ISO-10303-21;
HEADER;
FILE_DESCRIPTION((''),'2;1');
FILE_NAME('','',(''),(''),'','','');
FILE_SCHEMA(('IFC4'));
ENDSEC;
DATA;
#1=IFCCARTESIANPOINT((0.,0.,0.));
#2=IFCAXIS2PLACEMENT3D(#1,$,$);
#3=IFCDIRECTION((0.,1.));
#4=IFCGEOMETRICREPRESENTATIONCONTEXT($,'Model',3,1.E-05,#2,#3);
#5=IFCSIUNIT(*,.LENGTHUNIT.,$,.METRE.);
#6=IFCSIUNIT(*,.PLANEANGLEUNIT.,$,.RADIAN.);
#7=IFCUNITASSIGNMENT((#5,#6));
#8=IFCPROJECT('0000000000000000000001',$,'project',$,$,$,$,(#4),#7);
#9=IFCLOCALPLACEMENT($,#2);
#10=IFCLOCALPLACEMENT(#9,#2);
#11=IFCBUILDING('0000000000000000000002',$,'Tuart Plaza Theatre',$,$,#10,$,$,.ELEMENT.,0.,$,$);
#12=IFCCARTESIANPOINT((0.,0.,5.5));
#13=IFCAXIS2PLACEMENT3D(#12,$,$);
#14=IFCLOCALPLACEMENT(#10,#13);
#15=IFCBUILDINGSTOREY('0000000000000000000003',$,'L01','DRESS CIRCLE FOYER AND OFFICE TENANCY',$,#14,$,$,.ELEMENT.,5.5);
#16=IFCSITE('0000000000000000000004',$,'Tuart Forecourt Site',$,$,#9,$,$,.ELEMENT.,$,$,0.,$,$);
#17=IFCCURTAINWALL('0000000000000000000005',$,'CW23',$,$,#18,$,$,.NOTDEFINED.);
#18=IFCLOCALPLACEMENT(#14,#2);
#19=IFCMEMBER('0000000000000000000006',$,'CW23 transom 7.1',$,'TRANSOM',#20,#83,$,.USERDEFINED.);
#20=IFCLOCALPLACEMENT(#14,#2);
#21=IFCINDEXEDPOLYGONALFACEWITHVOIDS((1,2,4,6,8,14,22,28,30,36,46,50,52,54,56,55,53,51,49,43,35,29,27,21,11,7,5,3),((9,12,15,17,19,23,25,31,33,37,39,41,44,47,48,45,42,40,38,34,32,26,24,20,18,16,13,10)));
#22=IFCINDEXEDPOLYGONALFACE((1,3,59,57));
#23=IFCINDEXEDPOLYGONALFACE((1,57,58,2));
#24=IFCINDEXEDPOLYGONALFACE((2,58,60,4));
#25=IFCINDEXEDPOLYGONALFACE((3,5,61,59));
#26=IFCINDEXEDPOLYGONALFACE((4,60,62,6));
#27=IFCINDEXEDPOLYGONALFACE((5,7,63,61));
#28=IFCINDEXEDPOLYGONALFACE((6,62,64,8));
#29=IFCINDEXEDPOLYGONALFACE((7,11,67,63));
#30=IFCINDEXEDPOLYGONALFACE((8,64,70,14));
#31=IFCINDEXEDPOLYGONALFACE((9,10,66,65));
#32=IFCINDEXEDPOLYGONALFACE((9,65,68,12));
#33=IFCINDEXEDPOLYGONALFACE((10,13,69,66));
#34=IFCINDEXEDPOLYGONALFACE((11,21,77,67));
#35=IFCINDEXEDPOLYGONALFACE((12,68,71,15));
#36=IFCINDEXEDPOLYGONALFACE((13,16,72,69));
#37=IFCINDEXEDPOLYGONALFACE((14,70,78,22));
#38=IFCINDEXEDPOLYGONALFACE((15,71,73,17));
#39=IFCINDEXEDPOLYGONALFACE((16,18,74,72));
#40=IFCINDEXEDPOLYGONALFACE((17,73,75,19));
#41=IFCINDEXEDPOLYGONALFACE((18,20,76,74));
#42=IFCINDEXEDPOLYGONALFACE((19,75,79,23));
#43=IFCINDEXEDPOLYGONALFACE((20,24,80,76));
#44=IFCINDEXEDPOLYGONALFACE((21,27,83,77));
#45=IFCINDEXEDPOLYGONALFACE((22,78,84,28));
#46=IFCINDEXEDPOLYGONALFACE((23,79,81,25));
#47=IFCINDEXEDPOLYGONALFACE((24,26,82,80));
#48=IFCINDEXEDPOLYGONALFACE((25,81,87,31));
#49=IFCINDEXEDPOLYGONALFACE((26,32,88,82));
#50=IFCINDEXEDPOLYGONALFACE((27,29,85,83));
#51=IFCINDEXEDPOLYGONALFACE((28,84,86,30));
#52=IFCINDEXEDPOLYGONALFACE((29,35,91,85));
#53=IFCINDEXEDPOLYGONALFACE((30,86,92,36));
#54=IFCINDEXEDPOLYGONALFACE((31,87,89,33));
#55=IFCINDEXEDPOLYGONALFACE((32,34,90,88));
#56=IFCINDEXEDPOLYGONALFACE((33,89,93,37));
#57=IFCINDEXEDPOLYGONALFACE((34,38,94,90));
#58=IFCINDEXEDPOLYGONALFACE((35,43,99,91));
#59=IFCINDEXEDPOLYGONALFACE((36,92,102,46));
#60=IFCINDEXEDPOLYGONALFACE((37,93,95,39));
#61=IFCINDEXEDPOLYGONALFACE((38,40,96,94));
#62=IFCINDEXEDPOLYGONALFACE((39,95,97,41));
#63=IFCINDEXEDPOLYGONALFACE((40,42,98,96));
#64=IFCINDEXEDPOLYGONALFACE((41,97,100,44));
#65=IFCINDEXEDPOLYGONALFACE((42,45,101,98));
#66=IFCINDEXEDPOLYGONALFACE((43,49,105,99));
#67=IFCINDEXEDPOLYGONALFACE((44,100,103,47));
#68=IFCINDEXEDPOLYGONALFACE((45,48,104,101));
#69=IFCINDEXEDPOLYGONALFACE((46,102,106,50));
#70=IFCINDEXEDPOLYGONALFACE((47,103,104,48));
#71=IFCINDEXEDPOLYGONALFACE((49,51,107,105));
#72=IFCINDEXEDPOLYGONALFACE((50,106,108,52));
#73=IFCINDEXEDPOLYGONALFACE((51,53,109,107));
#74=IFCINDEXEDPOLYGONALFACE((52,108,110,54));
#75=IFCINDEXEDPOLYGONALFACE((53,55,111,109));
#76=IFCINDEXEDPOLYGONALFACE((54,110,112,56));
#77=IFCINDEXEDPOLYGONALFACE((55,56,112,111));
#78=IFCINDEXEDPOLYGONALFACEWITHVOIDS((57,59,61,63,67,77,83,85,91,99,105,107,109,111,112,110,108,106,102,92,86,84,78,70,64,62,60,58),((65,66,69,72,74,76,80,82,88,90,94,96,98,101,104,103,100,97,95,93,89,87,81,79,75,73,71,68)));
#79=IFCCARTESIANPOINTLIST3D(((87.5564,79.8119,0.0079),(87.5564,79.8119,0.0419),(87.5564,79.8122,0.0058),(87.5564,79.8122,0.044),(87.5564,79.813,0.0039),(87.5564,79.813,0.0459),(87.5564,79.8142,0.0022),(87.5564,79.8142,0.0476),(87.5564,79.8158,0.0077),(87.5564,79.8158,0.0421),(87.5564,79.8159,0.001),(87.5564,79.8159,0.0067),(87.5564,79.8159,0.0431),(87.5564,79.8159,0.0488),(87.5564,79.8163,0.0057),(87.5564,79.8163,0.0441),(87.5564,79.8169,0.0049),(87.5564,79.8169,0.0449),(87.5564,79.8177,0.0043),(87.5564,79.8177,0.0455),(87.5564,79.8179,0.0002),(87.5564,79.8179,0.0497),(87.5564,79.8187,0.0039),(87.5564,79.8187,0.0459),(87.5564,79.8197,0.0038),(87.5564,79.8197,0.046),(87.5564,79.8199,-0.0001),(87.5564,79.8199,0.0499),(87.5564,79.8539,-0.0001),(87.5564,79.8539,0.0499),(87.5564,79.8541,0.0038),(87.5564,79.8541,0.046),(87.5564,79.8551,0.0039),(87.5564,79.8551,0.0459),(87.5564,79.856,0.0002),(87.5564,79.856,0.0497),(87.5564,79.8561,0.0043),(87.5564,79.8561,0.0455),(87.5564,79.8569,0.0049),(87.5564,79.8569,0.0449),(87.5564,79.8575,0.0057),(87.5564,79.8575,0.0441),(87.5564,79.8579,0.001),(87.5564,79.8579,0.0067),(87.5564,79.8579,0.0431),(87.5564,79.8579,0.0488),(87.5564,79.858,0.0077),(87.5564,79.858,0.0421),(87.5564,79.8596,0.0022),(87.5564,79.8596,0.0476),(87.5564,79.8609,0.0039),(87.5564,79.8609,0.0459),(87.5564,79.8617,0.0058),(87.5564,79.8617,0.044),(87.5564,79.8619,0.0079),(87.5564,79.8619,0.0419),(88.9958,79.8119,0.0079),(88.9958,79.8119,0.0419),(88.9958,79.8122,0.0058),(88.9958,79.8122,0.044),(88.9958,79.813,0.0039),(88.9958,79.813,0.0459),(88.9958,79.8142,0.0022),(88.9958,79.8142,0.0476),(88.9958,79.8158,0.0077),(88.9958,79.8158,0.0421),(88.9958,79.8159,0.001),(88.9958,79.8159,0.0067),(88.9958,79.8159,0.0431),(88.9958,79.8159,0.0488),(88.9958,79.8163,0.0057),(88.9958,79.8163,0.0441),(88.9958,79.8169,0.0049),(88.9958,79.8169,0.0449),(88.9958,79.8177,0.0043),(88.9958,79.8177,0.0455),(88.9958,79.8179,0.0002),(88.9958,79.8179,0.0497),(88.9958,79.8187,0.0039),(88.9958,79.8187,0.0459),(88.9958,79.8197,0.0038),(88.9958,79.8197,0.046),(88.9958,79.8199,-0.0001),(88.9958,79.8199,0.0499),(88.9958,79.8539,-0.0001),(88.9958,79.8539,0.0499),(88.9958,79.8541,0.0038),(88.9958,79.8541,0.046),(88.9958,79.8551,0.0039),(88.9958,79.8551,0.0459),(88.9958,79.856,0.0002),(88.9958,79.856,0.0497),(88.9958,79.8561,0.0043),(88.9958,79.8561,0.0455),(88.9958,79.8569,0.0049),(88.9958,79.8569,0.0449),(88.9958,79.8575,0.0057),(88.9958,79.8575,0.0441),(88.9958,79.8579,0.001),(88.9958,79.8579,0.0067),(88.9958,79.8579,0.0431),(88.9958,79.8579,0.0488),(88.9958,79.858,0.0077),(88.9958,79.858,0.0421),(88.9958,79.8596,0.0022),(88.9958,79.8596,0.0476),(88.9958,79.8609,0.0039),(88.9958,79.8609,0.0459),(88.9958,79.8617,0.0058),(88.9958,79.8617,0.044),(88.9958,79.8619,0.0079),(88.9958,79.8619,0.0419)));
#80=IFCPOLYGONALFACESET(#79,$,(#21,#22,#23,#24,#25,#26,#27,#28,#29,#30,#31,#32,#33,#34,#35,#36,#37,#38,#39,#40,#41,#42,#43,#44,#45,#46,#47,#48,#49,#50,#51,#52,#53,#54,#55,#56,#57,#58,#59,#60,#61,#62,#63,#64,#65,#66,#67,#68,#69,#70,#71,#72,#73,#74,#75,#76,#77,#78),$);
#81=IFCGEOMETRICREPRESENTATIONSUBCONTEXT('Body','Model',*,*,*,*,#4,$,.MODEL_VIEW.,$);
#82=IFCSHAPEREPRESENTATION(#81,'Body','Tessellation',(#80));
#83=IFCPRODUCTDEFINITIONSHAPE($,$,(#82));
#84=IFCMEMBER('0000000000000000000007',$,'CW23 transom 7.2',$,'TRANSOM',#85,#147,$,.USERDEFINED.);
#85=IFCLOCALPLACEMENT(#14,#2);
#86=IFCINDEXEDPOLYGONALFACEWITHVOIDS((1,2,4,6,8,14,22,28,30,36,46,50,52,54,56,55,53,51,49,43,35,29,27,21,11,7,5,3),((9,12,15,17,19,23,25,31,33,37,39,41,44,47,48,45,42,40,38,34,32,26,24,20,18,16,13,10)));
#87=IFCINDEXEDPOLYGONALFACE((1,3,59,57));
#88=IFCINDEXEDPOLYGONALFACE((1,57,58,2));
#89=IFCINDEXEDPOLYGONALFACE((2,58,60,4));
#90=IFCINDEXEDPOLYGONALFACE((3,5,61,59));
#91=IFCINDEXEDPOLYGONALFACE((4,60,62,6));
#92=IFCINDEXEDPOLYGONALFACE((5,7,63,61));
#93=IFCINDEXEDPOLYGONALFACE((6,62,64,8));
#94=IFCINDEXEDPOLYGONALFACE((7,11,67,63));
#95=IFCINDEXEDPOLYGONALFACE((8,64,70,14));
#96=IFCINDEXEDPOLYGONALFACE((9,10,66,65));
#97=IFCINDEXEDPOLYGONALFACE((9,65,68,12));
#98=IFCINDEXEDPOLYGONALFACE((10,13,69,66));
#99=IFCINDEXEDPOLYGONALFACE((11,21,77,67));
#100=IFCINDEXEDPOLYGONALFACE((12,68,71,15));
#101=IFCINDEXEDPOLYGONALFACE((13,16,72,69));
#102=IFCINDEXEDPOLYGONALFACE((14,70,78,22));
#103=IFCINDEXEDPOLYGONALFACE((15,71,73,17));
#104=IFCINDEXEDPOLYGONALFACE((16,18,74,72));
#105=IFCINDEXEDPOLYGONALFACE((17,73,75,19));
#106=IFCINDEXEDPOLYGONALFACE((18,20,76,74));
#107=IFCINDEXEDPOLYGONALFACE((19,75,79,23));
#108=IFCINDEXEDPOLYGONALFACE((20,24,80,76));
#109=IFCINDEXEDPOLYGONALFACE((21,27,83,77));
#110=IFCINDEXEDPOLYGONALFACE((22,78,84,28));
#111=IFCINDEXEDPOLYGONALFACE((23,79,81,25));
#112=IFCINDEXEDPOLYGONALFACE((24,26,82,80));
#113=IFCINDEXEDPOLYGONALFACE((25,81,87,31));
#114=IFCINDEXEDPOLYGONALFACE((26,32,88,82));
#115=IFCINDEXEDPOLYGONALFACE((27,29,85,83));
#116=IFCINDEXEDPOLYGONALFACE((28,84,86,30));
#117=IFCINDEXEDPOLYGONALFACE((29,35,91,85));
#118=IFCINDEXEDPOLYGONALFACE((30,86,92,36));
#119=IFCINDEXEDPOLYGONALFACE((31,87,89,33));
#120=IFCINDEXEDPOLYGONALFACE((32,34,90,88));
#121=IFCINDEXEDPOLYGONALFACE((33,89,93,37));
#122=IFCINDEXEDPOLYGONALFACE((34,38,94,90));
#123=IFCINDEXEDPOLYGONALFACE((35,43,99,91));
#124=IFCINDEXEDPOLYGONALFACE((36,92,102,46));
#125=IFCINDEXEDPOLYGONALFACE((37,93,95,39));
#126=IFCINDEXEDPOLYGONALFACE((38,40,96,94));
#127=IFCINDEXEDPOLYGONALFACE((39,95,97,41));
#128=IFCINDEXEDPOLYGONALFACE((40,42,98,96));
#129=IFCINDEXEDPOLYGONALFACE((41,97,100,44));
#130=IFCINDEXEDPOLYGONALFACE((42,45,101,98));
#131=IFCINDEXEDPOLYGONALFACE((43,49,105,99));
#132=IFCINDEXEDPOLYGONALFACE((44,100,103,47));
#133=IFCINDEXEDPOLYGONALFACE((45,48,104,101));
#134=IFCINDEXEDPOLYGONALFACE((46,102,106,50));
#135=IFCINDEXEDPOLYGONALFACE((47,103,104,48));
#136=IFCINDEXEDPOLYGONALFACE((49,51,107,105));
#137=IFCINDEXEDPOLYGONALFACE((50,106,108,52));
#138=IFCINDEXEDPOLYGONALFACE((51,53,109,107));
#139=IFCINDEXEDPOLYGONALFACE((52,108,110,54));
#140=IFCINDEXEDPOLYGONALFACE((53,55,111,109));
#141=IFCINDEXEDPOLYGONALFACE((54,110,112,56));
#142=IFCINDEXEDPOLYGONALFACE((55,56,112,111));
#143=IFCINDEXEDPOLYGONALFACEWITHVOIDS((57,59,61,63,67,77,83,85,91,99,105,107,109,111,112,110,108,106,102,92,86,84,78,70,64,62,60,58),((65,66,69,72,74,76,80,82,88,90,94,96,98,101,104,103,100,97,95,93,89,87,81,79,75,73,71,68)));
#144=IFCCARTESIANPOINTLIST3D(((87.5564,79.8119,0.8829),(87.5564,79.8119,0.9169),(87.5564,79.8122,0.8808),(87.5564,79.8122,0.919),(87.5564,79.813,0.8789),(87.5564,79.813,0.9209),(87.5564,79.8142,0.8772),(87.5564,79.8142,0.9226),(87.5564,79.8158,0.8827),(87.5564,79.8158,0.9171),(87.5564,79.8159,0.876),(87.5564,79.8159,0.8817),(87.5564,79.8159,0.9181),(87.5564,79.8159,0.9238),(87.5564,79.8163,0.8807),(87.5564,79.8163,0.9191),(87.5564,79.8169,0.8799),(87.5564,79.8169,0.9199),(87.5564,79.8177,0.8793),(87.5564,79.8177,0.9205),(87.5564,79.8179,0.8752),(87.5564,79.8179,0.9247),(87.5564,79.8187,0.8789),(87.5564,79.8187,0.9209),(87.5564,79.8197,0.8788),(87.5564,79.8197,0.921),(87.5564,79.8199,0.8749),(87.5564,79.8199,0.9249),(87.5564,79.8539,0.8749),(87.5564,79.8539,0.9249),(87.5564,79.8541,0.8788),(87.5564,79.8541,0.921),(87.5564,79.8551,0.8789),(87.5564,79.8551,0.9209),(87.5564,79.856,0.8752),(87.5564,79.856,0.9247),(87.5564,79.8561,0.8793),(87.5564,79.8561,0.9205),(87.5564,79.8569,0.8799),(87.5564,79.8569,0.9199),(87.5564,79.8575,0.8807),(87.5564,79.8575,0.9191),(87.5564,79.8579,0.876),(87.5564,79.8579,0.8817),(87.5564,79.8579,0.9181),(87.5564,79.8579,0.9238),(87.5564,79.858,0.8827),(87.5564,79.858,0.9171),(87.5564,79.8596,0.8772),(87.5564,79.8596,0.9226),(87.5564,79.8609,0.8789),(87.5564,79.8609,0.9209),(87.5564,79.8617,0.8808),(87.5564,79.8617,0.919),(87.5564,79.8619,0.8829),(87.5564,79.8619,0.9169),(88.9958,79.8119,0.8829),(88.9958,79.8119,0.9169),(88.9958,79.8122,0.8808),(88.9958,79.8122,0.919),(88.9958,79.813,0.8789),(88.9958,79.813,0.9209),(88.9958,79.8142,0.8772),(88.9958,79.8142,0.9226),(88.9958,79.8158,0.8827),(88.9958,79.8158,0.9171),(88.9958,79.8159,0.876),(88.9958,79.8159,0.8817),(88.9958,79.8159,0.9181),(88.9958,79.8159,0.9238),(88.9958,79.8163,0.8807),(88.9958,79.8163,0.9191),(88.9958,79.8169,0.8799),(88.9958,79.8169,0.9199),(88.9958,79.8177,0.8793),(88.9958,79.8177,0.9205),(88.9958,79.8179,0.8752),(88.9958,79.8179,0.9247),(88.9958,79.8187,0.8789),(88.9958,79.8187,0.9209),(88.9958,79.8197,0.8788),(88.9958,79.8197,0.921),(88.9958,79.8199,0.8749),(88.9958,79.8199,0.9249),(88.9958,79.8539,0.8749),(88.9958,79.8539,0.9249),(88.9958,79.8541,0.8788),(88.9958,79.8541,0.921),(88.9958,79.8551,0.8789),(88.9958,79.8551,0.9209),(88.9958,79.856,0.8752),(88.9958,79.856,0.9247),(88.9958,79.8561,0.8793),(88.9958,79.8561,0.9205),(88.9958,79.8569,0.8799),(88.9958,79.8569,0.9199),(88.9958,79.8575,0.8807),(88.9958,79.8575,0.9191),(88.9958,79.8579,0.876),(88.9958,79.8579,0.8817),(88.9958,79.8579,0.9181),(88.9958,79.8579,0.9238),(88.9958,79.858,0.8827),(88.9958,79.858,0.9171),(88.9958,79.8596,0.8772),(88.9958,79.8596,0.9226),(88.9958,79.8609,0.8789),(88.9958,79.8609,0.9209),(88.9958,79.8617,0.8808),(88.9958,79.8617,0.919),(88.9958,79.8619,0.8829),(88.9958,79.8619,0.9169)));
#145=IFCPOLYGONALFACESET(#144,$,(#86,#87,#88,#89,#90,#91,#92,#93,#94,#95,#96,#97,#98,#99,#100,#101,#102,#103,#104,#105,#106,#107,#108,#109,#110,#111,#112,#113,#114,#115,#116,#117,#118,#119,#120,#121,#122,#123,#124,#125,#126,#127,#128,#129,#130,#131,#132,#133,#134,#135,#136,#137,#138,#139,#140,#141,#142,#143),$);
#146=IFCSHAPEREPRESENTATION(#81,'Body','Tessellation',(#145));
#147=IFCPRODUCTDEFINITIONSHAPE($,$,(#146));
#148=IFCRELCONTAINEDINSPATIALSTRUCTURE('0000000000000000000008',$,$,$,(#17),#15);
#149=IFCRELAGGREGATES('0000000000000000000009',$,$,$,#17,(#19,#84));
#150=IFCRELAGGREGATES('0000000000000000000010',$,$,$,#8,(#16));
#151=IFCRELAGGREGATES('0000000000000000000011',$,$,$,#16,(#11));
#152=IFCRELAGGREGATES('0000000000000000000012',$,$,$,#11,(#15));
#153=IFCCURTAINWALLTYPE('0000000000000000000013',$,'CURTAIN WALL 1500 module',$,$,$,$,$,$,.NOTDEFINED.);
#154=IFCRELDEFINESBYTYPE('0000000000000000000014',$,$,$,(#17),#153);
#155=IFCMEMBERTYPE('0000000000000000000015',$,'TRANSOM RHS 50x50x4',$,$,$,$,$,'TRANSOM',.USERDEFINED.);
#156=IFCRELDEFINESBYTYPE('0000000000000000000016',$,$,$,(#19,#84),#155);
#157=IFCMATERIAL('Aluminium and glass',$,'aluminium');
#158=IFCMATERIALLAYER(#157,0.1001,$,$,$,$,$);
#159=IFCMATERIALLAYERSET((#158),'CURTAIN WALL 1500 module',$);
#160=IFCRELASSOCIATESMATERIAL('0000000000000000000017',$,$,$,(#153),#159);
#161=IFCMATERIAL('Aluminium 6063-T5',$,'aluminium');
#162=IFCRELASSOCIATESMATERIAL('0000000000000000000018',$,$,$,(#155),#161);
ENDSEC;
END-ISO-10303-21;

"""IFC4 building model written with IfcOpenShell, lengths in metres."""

from ifc_helpers import new_model, si_unit, direction, frame, origin, origin_2d, place, context, subcontext, project, spatial, hollow_rectangle, extrude, material, layer, layer_set, material_profile, profile_set, type_object, element, aggregate, save


model = new_model("IFC4")

# Units and contexts
model_context = context("Model", 3, precision=1e-05, world=origin(), true_north=direction((0.0, 1.0)))
body_context = subcontext(model_context, "Body", "Model", "MODEL_VIEW")
ifc_project = project(units=[si_unit("LENGTHUNIT", "METRE"), si_unit("PLANEANGLEUNIT", "RADIAN")], contexts=[model_context])

# Site, building, storey
site_placement = place(None, origin())
site = spatial("IfcSite", under=ifc_project, at=site_placement, Name="Tuart Forecourt Site", CompositionType="ELEMENT", RefElevation=0.0)
building_placement = place(site_placement, origin())
building = spatial("IfcBuilding", under=site, at=building_placement, Name="Tuart Plaza Theatre", CompositionType="ELEMENT", ElevationOfRefHeight=0.0)
storey_placement = place(building_placement, frame((0.0, 0.0, 5.5)))
storey = spatial("IfcBuildingStorey", under=building, at=storey_placement, Name="L01", Description="DRESS CIRCLE FOYER AND OFFICE TENANCY", CompositionType="ELEMENT", Elevation=5.5)

# Curtain wall, members
ifc_material_1 = material(Name="Aluminium and glass", Category="aluminium")
ifc_layer_1 = layer(ifc_material_1, 0.1001)
ifc_layer_set_1 = layer_set([ifc_layer_1], Name="CURTAIN WALL 1500 module")
curtain_wall_type = type_object("IfcCurtainWallType", Name="CURTAIN WALL 1500 module", PredefinedType="NOTDEFINED", material=ifc_layer_set_1)
curtain_wall_placement = place(storey_placement, origin())
curtain_wall = element("IfcCurtainWall", 1, at=curtain_wall_placement, inside=storey, type_object=curtain_wall_type, Name="CW23", PredefinedType="NOTDEFINED")
ifc_material_2 = material(Name="Aluminium 6063-T5", Category="aluminium")
ifc_material_profile_1 = material_profile(ifc_material_2, hollow_rectangle(XDim=0.05, YDim=0.05, WallThickness=0.0039, InnerFilletRadius=0.0039, OuterFilletRadius=0.0081, at=origin_2d()), Name="RHS 50x50x4")
ifc_profile_set_1 = profile_set([ifc_material_profile_1], Name="Aluminium 6063-T5")
member_type_1 = type_object("IfcMemberType", Name="TRANSOM RHS 50x50x4", ElementType="TRANSOM", PredefinedType="USERDEFINED", material=ifc_profile_set_1)
member_1_placement = place(storey_placement, frame((87.5564, 79.8369, 0.0249), z_axis=(1.0, 0.0, 0.0), x_axis=(0.0, 1.0, 0.0)))
member_1 = element("IfcMember", 2, at=member_1_placement, type_object=member_type_1, Name="CW23 transom 7.1", ObjectType="TRANSOM", PredefinedType="USERDEFINED", context=body_context, shape_type="SweptSolid", body=[
    extrude(hollow_rectangle(XDim=0.05, YDim=0.05, WallThickness=0.0039, InnerFilletRadius=0.0039, OuterFilletRadius=0.0081, at=origin_2d()), origin(), (0.0, 0.0, 1.0), 1.4395),
])
member_2_placement = place(storey_placement, frame((87.5564, 79.8369, 0.8999), z_axis=(1.0, 0.0, 0.0), x_axis=(0.0, 1.0, 0.0)))
member_2 = element("IfcMember", 3, at=member_2_placement, type_object=member_type_1, Name="CW23 transom 7.2", ObjectType="TRANSOM", PredefinedType="USERDEFINED", context=body_context, shape_type="SweptSolid", body=[
    extrude(hollow_rectangle(XDim=0.05, YDim=0.05, WallThickness=0.0039, InnerFilletRadius=0.0039, OuterFilletRadius=0.0081, at=origin_2d()), origin(), (0.0, 0.0, 1.0), 1.4395),
])
aggregate(curtain_wall, [member_1, member_2])

save(model, "model.ifc")
